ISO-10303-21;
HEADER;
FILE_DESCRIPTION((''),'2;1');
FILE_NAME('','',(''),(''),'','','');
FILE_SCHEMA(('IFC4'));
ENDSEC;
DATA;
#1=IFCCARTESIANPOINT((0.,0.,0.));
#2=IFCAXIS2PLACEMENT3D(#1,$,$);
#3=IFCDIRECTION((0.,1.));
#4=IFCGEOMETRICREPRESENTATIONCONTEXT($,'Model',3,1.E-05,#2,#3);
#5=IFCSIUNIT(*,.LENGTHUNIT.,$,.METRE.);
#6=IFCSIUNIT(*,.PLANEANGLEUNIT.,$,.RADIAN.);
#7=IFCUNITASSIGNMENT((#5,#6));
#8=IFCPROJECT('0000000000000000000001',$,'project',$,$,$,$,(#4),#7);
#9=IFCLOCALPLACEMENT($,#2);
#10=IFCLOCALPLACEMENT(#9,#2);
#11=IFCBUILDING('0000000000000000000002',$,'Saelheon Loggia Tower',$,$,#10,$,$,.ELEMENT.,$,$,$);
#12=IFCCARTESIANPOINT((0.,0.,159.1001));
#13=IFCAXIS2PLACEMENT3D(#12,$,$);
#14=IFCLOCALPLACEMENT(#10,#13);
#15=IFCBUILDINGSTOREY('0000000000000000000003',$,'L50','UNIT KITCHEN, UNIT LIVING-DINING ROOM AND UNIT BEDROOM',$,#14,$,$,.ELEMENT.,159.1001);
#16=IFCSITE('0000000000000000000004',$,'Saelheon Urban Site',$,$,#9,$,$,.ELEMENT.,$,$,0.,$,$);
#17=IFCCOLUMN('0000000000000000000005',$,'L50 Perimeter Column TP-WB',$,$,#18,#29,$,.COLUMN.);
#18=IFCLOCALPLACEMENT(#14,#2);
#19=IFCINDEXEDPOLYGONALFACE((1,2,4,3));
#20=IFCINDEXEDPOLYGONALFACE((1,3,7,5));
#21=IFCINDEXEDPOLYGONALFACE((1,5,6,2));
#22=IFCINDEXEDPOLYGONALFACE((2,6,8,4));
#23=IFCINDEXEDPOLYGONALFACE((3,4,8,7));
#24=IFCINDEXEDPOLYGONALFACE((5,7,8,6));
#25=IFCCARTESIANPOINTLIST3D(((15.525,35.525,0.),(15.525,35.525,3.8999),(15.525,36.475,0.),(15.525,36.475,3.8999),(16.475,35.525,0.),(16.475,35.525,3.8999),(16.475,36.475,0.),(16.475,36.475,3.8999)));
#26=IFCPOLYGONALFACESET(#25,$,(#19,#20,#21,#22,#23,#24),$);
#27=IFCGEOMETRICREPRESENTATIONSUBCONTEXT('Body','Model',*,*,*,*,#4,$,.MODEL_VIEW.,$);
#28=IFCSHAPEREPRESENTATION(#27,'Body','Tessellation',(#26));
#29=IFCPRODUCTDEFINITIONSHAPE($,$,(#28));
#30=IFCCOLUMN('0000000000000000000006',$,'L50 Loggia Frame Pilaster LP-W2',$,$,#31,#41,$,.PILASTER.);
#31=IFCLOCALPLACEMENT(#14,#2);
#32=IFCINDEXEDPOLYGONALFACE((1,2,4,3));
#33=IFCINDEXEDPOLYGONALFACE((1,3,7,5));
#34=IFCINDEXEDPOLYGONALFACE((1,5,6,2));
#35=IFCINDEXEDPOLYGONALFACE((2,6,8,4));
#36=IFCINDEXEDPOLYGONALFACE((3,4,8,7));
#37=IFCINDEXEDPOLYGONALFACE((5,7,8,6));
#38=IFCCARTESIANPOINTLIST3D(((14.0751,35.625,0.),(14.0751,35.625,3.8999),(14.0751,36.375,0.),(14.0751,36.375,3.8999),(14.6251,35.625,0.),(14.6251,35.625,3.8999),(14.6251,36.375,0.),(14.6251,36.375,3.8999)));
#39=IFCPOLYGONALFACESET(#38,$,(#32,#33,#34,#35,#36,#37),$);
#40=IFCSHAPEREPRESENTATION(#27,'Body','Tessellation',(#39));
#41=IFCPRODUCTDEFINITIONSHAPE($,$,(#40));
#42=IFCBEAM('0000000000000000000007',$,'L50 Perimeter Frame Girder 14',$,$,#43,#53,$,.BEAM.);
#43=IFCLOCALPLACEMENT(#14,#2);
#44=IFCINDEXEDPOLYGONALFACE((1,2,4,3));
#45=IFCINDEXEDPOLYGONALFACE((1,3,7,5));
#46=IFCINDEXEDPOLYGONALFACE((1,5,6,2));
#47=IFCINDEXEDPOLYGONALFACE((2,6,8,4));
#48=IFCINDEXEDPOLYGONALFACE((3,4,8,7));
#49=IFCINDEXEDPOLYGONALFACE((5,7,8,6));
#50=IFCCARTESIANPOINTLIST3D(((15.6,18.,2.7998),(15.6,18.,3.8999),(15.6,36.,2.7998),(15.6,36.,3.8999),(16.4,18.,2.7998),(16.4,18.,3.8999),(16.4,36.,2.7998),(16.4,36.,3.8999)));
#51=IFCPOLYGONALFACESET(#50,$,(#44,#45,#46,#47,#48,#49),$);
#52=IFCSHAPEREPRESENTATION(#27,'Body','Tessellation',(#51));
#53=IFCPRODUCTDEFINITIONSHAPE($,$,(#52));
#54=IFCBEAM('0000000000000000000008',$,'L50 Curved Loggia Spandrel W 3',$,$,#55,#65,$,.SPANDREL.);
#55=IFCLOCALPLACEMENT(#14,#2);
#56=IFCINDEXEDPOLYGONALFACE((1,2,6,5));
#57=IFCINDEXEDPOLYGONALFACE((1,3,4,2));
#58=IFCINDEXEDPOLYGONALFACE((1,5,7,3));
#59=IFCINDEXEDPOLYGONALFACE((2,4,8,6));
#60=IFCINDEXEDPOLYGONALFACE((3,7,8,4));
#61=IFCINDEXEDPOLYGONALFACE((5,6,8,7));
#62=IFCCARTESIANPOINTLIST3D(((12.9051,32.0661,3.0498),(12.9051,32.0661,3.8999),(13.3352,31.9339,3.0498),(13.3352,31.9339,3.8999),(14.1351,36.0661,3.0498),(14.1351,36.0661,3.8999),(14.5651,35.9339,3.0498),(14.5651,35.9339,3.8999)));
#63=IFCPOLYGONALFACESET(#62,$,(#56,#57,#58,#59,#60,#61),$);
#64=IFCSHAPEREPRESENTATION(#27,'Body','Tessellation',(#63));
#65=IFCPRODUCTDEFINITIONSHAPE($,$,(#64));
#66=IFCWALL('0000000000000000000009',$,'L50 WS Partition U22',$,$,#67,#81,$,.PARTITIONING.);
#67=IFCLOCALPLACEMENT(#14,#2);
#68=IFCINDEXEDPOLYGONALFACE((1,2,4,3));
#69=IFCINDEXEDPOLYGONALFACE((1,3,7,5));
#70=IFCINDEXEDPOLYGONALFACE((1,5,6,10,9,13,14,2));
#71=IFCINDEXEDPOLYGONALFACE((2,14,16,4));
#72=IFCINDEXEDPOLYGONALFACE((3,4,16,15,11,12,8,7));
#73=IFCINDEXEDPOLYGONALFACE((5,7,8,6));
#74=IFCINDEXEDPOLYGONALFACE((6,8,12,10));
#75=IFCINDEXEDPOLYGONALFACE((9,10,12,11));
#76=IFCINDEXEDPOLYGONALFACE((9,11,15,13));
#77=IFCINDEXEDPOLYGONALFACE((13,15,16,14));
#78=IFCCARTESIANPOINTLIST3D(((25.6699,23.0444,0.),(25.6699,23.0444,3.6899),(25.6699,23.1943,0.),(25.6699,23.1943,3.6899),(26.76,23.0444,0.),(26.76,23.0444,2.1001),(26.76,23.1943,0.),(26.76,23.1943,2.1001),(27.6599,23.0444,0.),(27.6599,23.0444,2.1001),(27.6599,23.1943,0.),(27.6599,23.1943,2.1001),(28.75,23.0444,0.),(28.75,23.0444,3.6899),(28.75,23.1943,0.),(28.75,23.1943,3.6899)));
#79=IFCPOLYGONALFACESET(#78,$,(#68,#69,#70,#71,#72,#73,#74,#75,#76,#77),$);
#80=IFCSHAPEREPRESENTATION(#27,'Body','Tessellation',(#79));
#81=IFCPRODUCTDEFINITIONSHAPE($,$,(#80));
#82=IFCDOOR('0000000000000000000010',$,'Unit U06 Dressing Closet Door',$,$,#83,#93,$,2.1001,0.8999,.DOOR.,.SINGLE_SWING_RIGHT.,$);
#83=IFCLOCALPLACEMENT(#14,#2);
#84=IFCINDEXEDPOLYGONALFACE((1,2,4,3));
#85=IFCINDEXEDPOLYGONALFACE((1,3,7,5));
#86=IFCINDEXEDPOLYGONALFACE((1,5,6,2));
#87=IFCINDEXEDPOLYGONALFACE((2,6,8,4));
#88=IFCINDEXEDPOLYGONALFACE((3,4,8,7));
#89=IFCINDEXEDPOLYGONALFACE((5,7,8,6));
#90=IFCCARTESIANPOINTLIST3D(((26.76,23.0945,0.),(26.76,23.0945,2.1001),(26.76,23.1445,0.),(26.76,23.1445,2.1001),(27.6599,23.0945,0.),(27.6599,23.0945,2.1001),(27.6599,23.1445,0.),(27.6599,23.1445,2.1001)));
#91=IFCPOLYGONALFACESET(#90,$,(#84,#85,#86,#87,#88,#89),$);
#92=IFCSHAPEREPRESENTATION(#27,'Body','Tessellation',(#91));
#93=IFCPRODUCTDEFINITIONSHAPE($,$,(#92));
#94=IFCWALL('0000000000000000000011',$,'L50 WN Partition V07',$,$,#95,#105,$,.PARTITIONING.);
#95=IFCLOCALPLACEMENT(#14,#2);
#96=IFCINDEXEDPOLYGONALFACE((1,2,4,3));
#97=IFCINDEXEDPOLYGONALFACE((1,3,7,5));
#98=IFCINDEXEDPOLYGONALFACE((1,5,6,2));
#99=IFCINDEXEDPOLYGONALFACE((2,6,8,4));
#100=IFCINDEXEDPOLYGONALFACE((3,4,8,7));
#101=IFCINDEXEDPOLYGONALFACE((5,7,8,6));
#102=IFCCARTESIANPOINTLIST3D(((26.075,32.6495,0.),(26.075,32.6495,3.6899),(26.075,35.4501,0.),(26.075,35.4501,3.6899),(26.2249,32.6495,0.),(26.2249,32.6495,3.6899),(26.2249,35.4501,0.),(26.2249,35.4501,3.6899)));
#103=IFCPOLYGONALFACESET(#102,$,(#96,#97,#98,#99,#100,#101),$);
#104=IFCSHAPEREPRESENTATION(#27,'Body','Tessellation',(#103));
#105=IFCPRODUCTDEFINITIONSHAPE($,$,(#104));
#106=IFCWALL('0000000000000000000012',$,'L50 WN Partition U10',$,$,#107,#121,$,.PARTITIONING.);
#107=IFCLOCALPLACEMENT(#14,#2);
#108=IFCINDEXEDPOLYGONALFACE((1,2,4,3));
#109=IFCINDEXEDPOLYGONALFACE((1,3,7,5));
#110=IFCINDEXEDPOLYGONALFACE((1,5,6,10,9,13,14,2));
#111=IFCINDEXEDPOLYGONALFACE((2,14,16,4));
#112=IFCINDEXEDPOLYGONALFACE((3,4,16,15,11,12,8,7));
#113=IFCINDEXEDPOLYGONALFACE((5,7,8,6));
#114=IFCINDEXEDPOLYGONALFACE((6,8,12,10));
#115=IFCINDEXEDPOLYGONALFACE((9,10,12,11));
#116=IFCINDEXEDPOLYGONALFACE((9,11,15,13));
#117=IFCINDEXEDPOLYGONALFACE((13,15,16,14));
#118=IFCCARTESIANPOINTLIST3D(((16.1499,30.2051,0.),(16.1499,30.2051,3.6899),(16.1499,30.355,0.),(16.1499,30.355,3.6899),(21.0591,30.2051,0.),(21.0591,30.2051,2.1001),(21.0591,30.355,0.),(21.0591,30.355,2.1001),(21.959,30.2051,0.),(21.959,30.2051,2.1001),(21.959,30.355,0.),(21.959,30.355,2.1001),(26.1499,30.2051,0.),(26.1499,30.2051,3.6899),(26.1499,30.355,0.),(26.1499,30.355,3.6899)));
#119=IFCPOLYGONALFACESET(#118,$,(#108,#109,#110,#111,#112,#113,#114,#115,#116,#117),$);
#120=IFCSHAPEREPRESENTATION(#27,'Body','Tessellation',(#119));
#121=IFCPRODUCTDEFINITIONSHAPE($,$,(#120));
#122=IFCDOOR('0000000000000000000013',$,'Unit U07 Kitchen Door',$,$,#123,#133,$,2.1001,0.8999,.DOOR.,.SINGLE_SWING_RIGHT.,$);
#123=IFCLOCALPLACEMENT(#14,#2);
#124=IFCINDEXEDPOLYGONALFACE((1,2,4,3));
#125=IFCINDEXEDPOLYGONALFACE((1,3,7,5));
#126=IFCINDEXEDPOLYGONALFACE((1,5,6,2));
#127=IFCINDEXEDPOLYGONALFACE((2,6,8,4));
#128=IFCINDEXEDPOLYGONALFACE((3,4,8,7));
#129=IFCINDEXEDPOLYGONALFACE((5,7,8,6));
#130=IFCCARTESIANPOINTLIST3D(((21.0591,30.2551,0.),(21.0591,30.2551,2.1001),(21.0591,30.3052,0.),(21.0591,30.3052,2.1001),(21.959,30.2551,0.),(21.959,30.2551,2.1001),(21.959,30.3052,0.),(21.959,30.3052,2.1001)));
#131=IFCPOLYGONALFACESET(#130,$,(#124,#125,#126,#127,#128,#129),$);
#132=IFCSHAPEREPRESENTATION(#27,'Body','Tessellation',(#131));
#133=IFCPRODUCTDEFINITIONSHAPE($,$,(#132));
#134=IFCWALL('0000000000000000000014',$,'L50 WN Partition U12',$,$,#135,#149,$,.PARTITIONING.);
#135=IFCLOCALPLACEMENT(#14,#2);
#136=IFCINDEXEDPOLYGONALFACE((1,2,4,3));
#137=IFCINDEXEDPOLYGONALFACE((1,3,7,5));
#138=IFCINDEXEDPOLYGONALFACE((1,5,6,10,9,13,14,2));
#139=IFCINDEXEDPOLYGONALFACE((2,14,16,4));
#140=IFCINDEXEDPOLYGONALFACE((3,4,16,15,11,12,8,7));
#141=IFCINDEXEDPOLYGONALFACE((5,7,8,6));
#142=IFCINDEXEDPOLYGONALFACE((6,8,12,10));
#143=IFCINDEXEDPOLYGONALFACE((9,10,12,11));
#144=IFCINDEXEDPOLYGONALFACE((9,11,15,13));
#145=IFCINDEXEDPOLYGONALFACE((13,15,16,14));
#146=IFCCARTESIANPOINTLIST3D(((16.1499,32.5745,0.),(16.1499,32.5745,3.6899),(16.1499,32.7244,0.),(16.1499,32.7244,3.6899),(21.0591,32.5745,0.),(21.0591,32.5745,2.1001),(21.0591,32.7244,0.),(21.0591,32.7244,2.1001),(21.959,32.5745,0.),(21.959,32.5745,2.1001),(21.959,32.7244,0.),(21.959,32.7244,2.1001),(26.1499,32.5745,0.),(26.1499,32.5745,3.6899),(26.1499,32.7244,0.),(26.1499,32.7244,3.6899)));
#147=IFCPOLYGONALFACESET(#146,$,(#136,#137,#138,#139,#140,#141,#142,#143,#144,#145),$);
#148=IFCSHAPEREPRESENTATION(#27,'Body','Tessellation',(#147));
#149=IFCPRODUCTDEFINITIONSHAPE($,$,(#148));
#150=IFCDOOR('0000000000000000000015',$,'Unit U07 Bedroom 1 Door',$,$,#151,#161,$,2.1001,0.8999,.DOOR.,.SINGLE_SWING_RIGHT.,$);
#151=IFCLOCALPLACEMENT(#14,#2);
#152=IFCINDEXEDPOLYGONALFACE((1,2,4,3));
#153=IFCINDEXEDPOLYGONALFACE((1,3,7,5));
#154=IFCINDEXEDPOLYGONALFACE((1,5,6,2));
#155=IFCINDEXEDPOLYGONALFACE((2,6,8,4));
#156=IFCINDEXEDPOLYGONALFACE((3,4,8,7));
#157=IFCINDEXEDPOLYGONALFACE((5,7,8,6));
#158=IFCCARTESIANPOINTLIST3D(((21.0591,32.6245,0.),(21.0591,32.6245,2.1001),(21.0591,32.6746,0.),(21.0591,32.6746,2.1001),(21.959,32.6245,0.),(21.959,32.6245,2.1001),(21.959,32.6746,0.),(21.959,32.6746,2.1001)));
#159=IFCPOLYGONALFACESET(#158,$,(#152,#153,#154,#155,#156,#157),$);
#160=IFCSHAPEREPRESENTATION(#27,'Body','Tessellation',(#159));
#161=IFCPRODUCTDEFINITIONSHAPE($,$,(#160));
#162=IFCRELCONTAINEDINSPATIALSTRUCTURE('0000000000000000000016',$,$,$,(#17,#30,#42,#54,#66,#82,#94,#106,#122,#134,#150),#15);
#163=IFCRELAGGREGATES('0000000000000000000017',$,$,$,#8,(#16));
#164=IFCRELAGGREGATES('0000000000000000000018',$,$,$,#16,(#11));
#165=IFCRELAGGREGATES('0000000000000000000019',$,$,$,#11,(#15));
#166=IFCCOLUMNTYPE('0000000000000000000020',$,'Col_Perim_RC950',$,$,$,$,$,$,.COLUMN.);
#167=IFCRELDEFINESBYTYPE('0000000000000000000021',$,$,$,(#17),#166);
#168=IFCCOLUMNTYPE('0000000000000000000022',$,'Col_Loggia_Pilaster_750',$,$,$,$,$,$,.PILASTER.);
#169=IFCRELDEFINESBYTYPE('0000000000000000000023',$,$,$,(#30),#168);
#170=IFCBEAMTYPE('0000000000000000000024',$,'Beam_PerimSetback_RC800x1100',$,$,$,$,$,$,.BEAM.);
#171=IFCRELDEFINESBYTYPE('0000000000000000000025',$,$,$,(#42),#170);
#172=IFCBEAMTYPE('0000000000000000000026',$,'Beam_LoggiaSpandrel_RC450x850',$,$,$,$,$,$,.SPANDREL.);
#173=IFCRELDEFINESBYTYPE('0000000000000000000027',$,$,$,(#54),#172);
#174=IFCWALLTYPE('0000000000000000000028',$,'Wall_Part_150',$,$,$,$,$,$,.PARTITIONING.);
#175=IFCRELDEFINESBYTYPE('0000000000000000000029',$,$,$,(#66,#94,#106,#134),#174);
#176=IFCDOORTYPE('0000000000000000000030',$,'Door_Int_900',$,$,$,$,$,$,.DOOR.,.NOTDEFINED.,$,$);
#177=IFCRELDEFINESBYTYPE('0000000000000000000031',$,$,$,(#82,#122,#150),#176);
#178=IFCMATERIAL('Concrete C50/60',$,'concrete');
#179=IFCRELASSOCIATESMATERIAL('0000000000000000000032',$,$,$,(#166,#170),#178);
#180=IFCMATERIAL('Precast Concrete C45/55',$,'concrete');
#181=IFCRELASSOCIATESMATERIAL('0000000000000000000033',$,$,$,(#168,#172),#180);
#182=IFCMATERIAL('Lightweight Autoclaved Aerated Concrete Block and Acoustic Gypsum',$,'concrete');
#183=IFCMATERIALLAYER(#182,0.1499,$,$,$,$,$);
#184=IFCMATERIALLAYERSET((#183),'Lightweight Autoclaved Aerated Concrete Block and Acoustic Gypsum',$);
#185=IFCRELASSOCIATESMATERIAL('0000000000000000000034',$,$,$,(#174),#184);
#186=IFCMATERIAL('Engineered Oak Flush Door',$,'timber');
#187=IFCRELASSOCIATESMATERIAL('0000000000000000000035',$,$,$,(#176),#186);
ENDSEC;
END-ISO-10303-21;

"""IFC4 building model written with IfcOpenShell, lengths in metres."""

from ifc_helpers import new_model, si_unit, direction, frame, frame_2d, origin, origin_2d, place, context, subcontext, project, spatial, rectangle, extrude, source, transform, mapped, material, layer, layer_set, material_profile, profile_set, type_object, element, fill, save


model = new_model("IFC4")

# Units and contexts
model_context = context("Model", 3, precision=1e-05, world=origin(), true_north=direction((0.0, 1.0)))
body_context = subcontext(model_context, "Body", "Model", "MODEL_VIEW")
ifc_project = project(units=[si_unit("LENGTHUNIT", "METRE"), si_unit("PLANEANGLEUNIT", "RADIAN")], contexts=[model_context])

# Site, building, storey
site_placement = place(None, origin())
site = spatial("IfcSite", under=ifc_project, at=site_placement, Name="Saelheon Urban Site", CompositionType="ELEMENT", RefElevation=0.0)
building_placement = place(site_placement, origin())
building = spatial("IfcBuilding", under=site, at=building_placement, Name="Saelheon Loggia Tower", CompositionType="ELEMENT")
storey_placement = place(building_placement, frame((0.0, 0.0, 159.1001)))
storey = spatial("IfcBuildingStorey", under=building, at=storey_placement, Name="L50", Description="UNIT KITCHEN, UNIT LIVING-DINING ROOM AND UNIT BEDROOM", CompositionType="ELEMENT", Elevation=159.1001)

# Columns
ifc_material_1 = material(Name="Concrete C50/60", Category="concrete")
ifc_material_profile_1 = material_profile(ifc_material_1, rectangle(XDim=0.95, YDim=0.95, at=origin_2d()), Name="RC-950x950")
ifc_profile_set_1 = profile_set([ifc_material_profile_1], Name="Concrete C50/60")
column_type_1 = type_object("IfcColumnType", Name="Col_Perim_RC950", PredefinedType="COLUMN", material=ifc_profile_set_1)
shared_shape_1 = source(origin(), body_context, "Body", "SweptSolid", [
    extrude(rectangle(XDim=0.95, YDim=0.95, at=origin_2d()), origin(), (0.0, 0.0, 1.0), 3.8999),
])
column_1_placement = place(storey_placement, frame((16.0, 36.0, 0.0), z_axis=(0.0, 0.0, 1.0), x_axis=(1.0, 0.0, 0.0)))
element("IfcColumn", 1, at=column_1_placement, inside=storey, type_object=column_type_1, Name="L50 Perimeter Column TP-WB", PredefinedType="COLUMN", context=body_context, shape_type="MappedRepresentation", body=[
    mapped(shared_shape_1, transform((0.0, 0.0, 0.0), scale=1.0)),
])
ifc_material_2 = material(Name="Precast Concrete C45/55", Category="concrete")
ifc_material_profile_2 = material_profile(ifc_material_2, rectangle(XDim=0.55, YDim=0.75, at=origin_2d()), Name="RC-550x750")
ifc_profile_set_2 = profile_set([ifc_material_profile_2], Name="Precast Concrete C45/55")
column_type_2 = type_object("IfcColumnType", Name="Col_Loggia_Pilaster_750", PredefinedType="PILASTER", material=ifc_profile_set_2)
shared_shape_2 = source(origin(), body_context, "Body", "SweptSolid", [
    extrude(rectangle(XDim=0.55, YDim=0.75, at=origin_2d()), origin(), (0.0, 0.0, 1.0), 3.8999),
])
column_2_placement = place(storey_placement, frame((14.3501, 36.0, 0.0), z_axis=(0.0, 0.0, 1.0), x_axis=(1.0, 0.0, 0.0)))
element("IfcColumn", 2, at=column_2_placement, inside=storey, type_object=column_type_2, Name="L50 Loggia Frame Pilaster LP-W2", PredefinedType="PILASTER", context=body_context, shape_type="MappedRepresentation", body=[
    mapped(shared_shape_2, transform((0.0, 0.0, 0.0), scale=1.0)),
])

# Beams
ifc_material_profile_3 = material_profile(ifc_material_1, rectangle(XDim=0.8, YDim=1.1001, at=origin_2d()), Name="RC-800x1100")
ifc_profile_set_3 = profile_set([ifc_material_profile_3], Name="Concrete C50/60")
beam_type_1 = type_object("IfcBeamType", Name="Beam_PerimSetback_RC800x1100", PredefinedType="BEAM", material=ifc_profile_set_3)
shared_shape_3 = source(origin(), body_context, "Body", "SweptSolid", [
    extrude(rectangle(XDim=0.8, YDim=1.1001, at=origin_2d()), origin(), (0.0, 0.0, 1.0), 18.0),
])
beam_1_placement = place(storey_placement, frame((16.0, 36.0, 3.3499), z_axis=(0.0, -1.0, 0.0), x_axis=(1.0, 0.0, 0.0)))
element("IfcBeam", 3, at=beam_1_placement, inside=storey, type_object=beam_type_1, Name="L50 Perimeter Frame Girder 14", PredefinedType="BEAM", context=body_context, shape_type="MappedRepresentation", body=[
    mapped(shared_shape_3, transform((0.0, 0.0, 0.0), scale=1.0)),
])
ifc_material_profile_4 = material_profile(ifc_material_2, rectangle(XDim=0.45, YDim=0.8501, at=origin_2d()), Name="RC-450x850")
ifc_profile_set_4 = profile_set([ifc_material_profile_4], Name="Precast Concrete C45/55")
beam_type_2 = type_object("IfcBeamType", Name="Beam_LoggiaSpandrel_RC450x850", PredefinedType="SPANDREL", material=ifc_profile_set_4)
shared_shape_4 = source(origin(), body_context, "Body", "SweptSolid", [
    extrude(rectangle(XDim=0.45, YDim=0.8501, at=origin_2d()), origin(), (0.0, 0.0, 1.0), 4.1848),
])
beam_2_placement = place(storey_placement, frame((13.1201, 32.0, 3.4749), z_axis=(0.293914, 0.955832, 0.0), x_axis=(-0.955832, 0.293914, 0.0)))
element("IfcBeam", 4, at=beam_2_placement, inside=storey, type_object=beam_type_2, Name="L50 Curved Loggia Spandrel W 3", PredefinedType="SPANDREL", context=body_context, shape_type="MappedRepresentation", body=[
    mapped(shared_shape_4, transform((0.0, 0.0, 0.0), scale=1.0)),
])

# Wall, opening, door
ifc_material_3 = material(Name="Lightweight Autoclaved Aerated Concrete Block and Acoustic Gypsum", Category="concrete")
ifc_layer_1 = layer(ifc_material_3, 0.1499)
ifc_layer_set_1 = layer_set([ifc_layer_1], Name="Lightweight Autoclaved Aerated Concrete Block and Acoustic Gypsum")
wall_type_1 = type_object("IfcWallType", Name="Wall_Part_150", PredefinedType="PARTITIONING", material=ifc_layer_set_1)
wall_1_placement = place(storey_placement, frame((28.75, 23.1194, 0.0), z_axis=(0.0, 0.0, 1.0), x_axis=(-1.0, 0.0, 0.0)))
wall_1 = element("IfcWall", 5, at=wall_1_placement, inside=storey, type_object=wall_type_1, Name="L50 WS Partition U22", PredefinedType="PARTITIONING", context=body_context, shape_type="SweptSolid", body=[
    extrude(rectangle(XDim=3.0801, YDim=0.1499, at=frame_2d((1.54, 0.0))), origin(), (0.0, 0.0, 1.0), 3.6899),
])
opening_1_placement = place(wall_1_placement, frame((1.0901, 0.0, 0.0)))
opening_1 = element("IfcOpeningElement", 6, at=opening_1_placement, cuts=wall_1, PredefinedType="OPENING", context=body_context, shape_type="SweptSolid", body=[
    extrude(rectangle(XDim=0.8999, YDim=2.1001, at=frame_2d((0.45, 1.05))), frame((0.0, 0.0869, 0.0), z_axis=(0.0, -1.0, 0.0), x_axis=(1.0, 0.0, 0.0)), (0.0, 0.0, 1.0), 0.1738),
])
ifc_material_4 = material(Name="Engineered Oak Flush Door", Category="timber")
door_type_1 = type_object("IfcDoorType", Name="Door_Int_900", OperationType="NOTDEFINED", PredefinedType="DOOR", material=ifc_material_4)
shared_shape_5 = source(origin(), body_context, "Body", "SweptSolid", [
    extrude(rectangle(XDim=0.8999, YDim=2.1001, at=frame_2d((0.45, 1.05))), frame((0.0, 0.0249, 0.0), z_axis=(0.0, -1.0, 0.0), x_axis=(1.0, 0.0, 0.0)), (0.0, 0.0, 1.0), 0.05),
])
door_1_placement = place(opening_1_placement, origin())
door_1 = element("IfcDoor", 7, at=door_1_placement, inside=storey, type_object=door_type_1, Name="Unit U06 Dressing Closet Door", OperationType="SINGLE_SWING_RIGHT", OverallHeight=2.1001, OverallWidth=0.8999, PredefinedType="DOOR", context=body_context, shape_type="MappedRepresentation", body=[
    mapped(shared_shape_5, transform((0.0, 0.0, 0.0), scale=1.0)),
])
fill(opening_1, door_1)

# Wall
wall_2_placement = place(storey_placement, frame((26.1499, 32.6494, 0.0), z_axis=(0.0, 0.0, 1.0), x_axis=(0.0, 1.0, 0.0)))
element("IfcWall", 8, at=wall_2_placement, inside=storey, type_object=wall_type_1, Name="L50 WN Partition V07", PredefinedType="PARTITIONING", context=body_context, shape_type="SweptSolid", body=[
    extrude(rectangle(XDim=2.8005, YDim=0.1499, at=frame_2d((1.4004, 0.0))), origin(), (0.0, 0.0, 1.0), 3.6899),
])

# Walls, openings, doors
wall_3_placement = place(storey_placement, frame((26.1499, 30.28, 0.0), z_axis=(0.0, 0.0, 1.0), x_axis=(-1.0, 0.0, 0.0)))
wall_3 = element("IfcWall", 9, at=wall_3_placement, inside=storey, type_object=wall_type_1, Name="L50 WN Partition U10", PredefinedType="PARTITIONING", context=body_context, shape_type="SweptSolid", body=[
    extrude(rectangle(XDim=10.0, YDim=0.1499, at=frame_2d((5.0, 0.0))), origin(), (0.0, 0.0, 1.0), 3.6899),
])
opening_2_placement = place(wall_3_placement, frame((4.1909, 0.0, 0.0)))
opening_2 = element("IfcOpeningElement", 10, at=opening_2_placement, cuts=wall_3, PredefinedType="OPENING", context=body_context, shape_type="SweptSolid", body=[
    extrude(rectangle(XDim=0.8999, YDim=2.1001, at=frame_2d((0.45, 1.05))), frame((0.0, 0.0869, 0.0), z_axis=(0.0, -1.0, 0.0), x_axis=(1.0, 0.0, 0.0)), (0.0, 0.0, 1.0), 0.1738),
])
door_2_placement = place(opening_2_placement, origin())
door_2 = element("IfcDoor", 11, at=door_2_placement, inside=storey, type_object=door_type_1, Name="Unit U07 Kitchen Door", OperationType="SINGLE_SWING_RIGHT", OverallHeight=2.1001, OverallWidth=0.8999, PredefinedType="DOOR", context=body_context, shape_type="MappedRepresentation", body=[
    mapped(shared_shape_5, transform((0.0, 0.0, 0.0), scale=1.0)),
])
fill(opening_2, door_2)
wall_4_placement = place(storey_placement, frame((26.1499, 32.6494, 0.0), z_axis=(0.0, 0.0, 1.0), x_axis=(-1.0, 0.0, 0.0)))
wall_4 = element("IfcWall", 12, at=wall_4_placement, inside=storey, type_object=wall_type_1, Name="L50 WN Partition U12", PredefinedType="PARTITIONING", context=body_context, shape_type="SweptSolid", body=[
    extrude(rectangle(XDim=10.0, YDim=0.1499, at=frame_2d((5.0, 0.0))), origin(), (0.0, 0.0, 1.0), 3.6899),
])
opening_3_placement = place(wall_4_placement, frame((4.1909, 0.0, 0.0)))
opening_3 = element("IfcOpeningElement", 13, at=opening_3_placement, cuts=wall_4, PredefinedType="OPENING", context=body_context, shape_type="SweptSolid", body=[
    extrude(rectangle(XDim=0.8999, YDim=2.1001, at=frame_2d((0.45, 1.05))), frame((0.0, 0.0869, 0.0), z_axis=(0.0, -1.0, 0.0), x_axis=(1.0, 0.0, 0.0)), (0.0, 0.0, 1.0), 0.1738),
])
door_3_placement = place(opening_3_placement, origin())
door_3 = element("IfcDoor", 14, at=door_3_placement, inside=storey, type_object=door_type_1, Name="Unit U07 Bedroom 1 Door", OperationType="SINGLE_SWING_RIGHT", OverallHeight=2.1001, OverallWidth=0.8999, PredefinedType="DOOR", context=body_context, shape_type="MappedRepresentation", body=[
    mapped(shared_shape_5, transform((0.0, 0.0, 0.0), scale=1.0)),
])
fill(opening_3, door_3)

save(model, "model.ifc")
